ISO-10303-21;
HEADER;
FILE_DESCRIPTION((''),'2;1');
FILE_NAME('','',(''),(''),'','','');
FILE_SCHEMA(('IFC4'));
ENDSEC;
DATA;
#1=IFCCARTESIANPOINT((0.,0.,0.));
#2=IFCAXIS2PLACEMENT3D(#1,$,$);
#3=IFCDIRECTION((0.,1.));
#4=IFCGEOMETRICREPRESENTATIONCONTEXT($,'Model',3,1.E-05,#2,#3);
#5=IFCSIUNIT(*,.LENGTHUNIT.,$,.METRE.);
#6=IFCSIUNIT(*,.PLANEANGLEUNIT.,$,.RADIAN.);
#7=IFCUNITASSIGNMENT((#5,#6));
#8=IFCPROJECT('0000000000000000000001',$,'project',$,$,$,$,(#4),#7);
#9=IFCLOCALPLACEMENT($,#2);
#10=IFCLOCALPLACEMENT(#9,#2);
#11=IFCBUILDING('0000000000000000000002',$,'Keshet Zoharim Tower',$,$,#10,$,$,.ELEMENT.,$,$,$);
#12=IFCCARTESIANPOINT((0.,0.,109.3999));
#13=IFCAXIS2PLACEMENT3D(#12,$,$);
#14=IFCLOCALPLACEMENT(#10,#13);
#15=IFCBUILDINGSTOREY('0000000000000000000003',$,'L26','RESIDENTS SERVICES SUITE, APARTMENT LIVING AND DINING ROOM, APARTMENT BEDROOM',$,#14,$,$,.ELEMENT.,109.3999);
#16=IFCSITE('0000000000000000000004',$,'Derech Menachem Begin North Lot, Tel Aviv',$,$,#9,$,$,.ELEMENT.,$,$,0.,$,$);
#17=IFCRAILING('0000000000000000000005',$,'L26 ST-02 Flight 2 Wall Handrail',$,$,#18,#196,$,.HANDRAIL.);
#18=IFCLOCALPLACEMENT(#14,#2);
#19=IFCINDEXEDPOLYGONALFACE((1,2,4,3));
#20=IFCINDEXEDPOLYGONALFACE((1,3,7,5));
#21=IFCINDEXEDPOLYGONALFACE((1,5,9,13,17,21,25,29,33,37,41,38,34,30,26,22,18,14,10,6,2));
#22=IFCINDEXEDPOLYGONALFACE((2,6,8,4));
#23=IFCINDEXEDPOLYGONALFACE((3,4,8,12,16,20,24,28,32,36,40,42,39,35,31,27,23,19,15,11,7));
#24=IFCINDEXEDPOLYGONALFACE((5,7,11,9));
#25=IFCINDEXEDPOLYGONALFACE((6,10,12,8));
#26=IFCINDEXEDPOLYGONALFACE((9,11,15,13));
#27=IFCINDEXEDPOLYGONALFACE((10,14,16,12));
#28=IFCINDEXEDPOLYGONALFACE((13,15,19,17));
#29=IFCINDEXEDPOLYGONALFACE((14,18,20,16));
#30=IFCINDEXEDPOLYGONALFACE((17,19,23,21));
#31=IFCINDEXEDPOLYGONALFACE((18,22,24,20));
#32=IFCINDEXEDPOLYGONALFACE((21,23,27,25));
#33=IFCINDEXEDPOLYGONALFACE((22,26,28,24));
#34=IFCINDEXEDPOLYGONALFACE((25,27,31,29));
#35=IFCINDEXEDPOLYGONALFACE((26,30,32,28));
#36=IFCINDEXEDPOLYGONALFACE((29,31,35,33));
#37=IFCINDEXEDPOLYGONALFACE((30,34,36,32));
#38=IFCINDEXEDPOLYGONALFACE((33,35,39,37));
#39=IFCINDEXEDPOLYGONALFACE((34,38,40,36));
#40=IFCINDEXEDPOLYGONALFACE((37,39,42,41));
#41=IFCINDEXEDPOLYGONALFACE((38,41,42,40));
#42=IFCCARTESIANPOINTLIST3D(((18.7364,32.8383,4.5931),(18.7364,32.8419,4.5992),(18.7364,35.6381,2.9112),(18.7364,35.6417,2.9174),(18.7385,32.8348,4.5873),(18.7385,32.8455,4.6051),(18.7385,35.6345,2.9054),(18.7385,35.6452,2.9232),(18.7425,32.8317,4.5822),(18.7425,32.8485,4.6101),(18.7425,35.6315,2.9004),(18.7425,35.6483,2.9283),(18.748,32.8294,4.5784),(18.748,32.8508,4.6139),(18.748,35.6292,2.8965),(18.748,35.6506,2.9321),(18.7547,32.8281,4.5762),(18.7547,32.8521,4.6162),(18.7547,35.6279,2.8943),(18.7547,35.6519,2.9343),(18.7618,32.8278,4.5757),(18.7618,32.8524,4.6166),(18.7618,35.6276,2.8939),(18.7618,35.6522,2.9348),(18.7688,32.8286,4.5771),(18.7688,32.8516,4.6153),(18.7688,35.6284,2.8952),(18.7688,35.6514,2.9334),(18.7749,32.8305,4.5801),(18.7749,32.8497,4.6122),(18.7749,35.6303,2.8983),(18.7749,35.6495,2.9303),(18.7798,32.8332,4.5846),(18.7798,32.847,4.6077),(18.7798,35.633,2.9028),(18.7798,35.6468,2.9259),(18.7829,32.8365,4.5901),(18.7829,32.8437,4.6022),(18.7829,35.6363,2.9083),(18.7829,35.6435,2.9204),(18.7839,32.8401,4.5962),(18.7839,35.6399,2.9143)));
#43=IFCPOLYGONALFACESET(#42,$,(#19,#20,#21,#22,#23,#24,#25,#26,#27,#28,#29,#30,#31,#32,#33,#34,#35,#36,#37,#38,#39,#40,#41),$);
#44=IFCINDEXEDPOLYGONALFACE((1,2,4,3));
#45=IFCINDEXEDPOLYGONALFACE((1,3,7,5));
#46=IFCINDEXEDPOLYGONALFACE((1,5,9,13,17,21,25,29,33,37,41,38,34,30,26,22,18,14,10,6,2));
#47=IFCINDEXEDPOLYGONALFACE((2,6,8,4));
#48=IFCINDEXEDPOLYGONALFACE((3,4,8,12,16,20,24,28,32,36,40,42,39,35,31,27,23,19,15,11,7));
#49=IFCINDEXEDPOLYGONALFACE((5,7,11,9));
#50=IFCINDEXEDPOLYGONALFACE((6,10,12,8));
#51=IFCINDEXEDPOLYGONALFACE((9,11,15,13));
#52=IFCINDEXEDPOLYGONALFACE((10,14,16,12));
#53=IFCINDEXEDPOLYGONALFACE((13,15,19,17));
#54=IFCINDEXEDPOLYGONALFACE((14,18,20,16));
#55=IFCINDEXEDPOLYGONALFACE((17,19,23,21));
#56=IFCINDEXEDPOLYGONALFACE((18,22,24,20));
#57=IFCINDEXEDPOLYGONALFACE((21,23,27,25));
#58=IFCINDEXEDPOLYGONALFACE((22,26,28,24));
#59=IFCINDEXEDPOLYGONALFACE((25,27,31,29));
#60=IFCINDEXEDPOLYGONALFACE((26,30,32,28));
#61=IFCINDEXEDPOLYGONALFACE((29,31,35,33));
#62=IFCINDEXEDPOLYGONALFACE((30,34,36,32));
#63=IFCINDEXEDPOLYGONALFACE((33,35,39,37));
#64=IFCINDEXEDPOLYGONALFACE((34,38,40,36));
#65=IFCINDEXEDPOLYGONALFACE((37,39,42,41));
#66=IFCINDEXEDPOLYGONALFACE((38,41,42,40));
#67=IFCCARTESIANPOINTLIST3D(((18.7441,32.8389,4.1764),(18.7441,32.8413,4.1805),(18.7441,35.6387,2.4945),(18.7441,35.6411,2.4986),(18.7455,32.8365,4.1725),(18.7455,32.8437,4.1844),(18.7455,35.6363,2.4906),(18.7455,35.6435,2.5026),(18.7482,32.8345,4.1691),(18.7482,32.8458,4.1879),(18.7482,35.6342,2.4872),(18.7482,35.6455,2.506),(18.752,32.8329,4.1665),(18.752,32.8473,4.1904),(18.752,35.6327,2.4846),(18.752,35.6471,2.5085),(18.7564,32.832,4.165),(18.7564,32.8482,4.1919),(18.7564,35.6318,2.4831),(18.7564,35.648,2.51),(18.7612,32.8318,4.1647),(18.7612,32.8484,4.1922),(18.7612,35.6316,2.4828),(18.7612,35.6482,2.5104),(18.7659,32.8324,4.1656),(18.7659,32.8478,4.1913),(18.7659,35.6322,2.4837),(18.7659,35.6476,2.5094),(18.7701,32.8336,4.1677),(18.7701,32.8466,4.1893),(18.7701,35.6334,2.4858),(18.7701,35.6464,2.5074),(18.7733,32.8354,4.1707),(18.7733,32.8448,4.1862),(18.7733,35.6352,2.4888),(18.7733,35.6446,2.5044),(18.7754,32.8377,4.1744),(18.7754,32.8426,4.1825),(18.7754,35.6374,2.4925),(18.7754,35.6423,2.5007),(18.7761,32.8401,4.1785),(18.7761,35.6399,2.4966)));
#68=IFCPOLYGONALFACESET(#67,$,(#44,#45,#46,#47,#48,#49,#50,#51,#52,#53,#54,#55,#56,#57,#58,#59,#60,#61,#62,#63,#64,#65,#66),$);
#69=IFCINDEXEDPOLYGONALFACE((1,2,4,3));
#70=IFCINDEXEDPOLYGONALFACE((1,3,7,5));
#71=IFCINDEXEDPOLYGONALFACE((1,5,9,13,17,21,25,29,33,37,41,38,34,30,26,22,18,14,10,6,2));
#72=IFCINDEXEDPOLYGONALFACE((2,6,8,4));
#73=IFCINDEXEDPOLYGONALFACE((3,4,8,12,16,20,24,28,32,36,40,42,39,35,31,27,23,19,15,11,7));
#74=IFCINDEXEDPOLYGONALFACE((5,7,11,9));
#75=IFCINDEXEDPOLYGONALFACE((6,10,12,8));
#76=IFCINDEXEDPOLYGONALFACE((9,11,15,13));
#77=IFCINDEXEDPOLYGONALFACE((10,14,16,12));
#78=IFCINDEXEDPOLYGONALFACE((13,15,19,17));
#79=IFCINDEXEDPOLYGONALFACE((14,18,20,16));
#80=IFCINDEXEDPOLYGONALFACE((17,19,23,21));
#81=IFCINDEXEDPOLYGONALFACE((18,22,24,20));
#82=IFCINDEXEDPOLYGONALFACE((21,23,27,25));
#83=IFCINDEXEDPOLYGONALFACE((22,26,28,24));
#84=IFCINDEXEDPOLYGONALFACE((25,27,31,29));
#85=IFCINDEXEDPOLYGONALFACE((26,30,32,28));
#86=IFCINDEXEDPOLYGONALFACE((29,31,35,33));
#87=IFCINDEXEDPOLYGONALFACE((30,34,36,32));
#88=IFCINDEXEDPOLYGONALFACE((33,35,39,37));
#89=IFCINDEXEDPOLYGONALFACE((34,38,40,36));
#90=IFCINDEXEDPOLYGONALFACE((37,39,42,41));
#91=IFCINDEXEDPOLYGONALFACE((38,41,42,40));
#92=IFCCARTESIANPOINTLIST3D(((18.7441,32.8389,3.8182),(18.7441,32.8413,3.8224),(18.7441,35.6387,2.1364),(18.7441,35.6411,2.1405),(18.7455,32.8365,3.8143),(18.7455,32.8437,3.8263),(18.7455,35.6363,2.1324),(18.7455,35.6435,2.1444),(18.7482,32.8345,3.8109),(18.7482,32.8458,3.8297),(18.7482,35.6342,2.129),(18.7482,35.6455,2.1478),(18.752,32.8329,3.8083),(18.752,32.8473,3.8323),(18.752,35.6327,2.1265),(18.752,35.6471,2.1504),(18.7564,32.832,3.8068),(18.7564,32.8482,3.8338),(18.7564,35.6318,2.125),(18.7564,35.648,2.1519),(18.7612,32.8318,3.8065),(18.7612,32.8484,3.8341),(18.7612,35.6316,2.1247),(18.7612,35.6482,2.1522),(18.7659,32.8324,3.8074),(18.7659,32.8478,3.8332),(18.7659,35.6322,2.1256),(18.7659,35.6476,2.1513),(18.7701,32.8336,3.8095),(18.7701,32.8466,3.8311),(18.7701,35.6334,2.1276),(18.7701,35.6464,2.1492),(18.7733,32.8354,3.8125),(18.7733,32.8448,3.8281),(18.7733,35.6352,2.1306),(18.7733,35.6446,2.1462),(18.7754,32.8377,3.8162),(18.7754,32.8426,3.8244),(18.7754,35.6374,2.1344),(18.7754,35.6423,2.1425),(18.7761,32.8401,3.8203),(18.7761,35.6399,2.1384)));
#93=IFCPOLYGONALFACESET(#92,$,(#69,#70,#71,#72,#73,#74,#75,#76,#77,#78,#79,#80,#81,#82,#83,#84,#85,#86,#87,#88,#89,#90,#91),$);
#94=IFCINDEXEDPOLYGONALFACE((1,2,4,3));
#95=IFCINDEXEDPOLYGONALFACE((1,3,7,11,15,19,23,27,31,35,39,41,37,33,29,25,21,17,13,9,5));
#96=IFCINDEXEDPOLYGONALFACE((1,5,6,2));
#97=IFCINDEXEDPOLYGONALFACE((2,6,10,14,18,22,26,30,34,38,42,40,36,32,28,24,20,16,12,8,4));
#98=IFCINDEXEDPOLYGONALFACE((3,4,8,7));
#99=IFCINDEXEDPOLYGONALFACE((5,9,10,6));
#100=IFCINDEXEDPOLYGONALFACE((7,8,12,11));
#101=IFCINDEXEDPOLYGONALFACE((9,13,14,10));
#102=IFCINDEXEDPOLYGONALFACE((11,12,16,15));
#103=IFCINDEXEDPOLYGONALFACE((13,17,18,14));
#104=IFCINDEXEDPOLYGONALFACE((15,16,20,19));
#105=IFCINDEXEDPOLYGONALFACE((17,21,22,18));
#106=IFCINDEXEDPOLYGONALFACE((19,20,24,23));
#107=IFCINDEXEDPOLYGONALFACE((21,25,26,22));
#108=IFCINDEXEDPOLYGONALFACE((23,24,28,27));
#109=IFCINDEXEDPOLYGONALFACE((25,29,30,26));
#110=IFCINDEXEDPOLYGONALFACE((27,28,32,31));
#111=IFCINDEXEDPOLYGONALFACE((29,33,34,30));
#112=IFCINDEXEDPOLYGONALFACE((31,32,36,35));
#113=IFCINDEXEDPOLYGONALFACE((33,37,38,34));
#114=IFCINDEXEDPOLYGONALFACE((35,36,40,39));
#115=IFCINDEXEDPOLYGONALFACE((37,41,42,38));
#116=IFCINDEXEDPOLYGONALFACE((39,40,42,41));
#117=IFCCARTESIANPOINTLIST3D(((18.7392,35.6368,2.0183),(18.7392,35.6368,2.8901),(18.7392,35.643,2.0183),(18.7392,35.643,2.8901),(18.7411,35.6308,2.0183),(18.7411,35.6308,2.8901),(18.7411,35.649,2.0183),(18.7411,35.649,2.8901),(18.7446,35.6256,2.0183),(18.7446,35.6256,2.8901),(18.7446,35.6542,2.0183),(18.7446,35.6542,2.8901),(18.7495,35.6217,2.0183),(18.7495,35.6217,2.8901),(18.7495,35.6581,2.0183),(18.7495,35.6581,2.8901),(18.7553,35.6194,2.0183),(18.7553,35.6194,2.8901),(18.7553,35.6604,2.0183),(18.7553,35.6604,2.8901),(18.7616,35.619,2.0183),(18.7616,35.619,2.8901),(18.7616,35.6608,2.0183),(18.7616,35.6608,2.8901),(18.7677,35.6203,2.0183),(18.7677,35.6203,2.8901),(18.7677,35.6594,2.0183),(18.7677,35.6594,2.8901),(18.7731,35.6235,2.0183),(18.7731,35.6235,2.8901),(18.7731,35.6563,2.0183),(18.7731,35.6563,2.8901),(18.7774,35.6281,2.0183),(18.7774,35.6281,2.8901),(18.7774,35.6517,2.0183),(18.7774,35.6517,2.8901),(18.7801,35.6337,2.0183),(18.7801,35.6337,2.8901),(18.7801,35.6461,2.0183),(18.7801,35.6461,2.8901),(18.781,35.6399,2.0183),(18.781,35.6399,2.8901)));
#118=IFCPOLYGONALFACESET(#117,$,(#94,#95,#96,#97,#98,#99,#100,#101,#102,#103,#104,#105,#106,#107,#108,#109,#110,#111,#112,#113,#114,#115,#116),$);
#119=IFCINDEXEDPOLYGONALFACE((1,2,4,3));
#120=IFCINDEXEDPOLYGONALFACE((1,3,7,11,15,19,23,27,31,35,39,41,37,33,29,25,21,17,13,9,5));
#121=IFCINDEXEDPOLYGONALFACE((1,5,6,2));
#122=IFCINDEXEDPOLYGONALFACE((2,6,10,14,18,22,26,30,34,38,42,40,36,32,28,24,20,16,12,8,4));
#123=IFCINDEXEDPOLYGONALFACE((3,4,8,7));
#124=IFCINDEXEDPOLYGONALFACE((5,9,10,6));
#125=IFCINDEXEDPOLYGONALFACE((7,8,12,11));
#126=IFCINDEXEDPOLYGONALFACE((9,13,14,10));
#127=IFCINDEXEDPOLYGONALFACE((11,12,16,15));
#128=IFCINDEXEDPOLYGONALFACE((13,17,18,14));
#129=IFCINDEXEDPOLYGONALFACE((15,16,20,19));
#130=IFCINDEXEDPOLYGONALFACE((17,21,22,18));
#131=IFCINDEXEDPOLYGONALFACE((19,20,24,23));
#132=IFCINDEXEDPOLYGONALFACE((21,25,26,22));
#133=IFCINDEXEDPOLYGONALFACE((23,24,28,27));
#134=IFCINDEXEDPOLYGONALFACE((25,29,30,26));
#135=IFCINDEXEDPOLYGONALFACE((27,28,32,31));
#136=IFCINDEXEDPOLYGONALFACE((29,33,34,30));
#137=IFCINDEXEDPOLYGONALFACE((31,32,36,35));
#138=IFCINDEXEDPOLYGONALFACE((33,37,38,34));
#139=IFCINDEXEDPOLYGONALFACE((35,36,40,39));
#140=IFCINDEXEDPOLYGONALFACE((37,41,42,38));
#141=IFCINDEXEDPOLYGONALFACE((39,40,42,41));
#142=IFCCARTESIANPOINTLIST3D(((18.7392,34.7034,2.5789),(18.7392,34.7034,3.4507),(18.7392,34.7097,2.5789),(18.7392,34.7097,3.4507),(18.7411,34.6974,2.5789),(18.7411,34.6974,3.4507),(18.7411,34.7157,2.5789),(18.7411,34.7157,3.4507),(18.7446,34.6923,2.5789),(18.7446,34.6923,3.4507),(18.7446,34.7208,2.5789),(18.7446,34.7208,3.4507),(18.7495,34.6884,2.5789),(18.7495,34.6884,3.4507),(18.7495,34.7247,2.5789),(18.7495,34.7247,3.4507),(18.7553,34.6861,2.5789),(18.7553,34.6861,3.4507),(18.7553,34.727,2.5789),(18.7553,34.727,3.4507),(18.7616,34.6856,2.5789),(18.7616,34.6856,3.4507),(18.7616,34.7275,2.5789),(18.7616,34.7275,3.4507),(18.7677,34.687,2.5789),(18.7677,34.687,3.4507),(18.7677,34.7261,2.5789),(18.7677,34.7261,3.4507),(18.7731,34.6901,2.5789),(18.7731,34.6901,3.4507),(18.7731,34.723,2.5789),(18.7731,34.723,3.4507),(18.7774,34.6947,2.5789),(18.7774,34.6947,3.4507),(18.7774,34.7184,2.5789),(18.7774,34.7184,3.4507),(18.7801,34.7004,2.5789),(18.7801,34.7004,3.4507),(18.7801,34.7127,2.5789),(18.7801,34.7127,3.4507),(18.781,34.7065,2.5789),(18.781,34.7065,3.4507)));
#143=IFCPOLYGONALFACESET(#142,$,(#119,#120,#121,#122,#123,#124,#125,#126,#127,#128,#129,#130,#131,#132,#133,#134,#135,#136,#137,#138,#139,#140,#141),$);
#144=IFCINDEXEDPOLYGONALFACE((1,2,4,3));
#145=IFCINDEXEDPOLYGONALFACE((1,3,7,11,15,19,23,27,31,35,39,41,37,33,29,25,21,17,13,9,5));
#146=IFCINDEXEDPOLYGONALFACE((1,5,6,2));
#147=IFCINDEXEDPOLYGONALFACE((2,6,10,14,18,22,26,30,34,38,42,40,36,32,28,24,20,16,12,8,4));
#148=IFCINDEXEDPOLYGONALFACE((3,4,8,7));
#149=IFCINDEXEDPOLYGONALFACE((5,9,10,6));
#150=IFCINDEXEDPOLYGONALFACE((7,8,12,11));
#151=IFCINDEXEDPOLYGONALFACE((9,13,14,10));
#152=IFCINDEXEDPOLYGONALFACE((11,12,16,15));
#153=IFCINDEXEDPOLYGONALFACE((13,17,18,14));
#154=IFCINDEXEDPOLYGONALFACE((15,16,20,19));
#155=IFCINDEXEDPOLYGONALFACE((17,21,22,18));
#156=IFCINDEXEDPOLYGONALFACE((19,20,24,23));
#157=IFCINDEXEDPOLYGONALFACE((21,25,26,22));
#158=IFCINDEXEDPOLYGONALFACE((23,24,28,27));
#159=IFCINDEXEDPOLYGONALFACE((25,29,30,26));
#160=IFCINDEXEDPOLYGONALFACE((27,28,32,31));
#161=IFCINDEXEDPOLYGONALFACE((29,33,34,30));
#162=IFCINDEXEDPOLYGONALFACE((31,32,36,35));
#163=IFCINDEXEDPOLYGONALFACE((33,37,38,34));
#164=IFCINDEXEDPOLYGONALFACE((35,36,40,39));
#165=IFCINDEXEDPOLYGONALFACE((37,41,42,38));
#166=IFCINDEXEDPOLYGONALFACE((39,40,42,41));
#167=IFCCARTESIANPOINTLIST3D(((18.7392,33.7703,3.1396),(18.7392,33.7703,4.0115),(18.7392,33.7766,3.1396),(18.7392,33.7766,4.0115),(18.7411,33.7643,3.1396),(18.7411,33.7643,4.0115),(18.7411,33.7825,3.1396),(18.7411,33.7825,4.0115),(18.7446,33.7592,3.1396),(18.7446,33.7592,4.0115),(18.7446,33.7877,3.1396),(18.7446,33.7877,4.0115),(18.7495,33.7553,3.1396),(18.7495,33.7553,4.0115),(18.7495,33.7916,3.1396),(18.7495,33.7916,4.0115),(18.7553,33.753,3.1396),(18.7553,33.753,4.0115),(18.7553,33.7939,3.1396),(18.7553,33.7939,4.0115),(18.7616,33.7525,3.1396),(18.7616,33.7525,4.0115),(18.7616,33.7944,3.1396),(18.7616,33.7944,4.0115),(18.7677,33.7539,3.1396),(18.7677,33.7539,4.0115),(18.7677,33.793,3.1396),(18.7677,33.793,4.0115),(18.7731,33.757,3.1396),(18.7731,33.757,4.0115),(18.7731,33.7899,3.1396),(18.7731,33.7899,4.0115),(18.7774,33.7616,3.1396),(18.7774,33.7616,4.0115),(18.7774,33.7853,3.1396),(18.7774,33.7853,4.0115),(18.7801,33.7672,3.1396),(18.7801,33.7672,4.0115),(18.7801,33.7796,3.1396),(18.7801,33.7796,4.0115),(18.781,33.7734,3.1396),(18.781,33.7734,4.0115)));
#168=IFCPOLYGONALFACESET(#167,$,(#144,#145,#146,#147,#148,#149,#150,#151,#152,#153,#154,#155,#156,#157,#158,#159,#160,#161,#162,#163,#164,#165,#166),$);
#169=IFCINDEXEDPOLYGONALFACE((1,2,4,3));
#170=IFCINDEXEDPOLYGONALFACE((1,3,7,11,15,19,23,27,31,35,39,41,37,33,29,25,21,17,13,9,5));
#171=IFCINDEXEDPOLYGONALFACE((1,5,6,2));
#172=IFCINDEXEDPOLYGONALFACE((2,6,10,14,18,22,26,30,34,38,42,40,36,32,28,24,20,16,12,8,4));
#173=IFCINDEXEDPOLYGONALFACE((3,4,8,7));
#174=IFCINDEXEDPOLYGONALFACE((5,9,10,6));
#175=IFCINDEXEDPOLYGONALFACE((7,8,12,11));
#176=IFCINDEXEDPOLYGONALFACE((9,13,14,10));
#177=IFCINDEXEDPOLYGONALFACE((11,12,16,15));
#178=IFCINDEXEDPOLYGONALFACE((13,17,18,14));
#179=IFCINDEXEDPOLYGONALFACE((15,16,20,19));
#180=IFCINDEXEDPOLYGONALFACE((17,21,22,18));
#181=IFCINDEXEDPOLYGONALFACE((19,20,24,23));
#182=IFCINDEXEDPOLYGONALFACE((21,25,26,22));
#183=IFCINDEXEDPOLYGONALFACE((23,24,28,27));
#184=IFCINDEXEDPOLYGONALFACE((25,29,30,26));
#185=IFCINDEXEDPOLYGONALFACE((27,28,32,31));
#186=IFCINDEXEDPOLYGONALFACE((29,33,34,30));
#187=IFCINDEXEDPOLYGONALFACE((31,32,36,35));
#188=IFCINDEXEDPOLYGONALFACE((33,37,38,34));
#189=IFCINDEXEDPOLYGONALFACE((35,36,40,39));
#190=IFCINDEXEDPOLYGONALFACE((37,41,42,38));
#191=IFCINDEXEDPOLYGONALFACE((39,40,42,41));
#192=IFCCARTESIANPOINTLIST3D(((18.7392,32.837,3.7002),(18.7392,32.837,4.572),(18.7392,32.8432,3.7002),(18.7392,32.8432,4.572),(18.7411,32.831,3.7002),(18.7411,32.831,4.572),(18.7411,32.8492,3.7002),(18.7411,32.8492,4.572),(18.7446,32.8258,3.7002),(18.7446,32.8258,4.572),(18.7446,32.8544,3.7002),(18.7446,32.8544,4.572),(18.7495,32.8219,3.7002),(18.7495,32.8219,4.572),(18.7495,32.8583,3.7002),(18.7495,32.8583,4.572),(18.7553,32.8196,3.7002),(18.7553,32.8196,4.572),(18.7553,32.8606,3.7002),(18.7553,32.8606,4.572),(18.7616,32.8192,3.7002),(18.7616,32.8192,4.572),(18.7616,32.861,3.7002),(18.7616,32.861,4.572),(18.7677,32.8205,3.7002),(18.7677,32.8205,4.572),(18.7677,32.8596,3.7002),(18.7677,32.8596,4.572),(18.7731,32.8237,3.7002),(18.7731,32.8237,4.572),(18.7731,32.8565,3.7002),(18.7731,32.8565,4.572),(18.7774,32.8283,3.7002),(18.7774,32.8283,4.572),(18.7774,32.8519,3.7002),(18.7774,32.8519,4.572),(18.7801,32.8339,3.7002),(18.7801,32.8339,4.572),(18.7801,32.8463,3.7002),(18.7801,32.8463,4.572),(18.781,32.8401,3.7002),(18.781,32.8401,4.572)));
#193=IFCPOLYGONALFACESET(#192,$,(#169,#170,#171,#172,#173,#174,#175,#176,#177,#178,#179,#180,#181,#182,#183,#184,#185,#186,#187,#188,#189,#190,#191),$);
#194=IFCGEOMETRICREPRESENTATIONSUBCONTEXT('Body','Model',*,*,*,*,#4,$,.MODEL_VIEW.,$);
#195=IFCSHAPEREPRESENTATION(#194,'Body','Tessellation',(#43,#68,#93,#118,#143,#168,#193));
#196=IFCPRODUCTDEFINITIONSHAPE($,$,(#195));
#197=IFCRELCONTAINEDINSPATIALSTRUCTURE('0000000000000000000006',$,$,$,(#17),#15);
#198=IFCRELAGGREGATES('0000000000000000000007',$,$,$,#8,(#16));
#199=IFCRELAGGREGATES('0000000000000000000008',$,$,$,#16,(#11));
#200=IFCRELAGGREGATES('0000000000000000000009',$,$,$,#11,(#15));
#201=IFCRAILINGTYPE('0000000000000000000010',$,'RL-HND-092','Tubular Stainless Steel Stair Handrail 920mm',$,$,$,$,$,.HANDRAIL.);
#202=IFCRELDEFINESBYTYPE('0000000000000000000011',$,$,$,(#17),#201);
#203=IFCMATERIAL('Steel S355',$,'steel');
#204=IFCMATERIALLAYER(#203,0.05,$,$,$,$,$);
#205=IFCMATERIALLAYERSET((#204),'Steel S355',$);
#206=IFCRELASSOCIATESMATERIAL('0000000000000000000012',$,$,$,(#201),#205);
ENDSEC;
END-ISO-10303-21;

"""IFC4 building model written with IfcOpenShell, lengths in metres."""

from ifc_helpers import new_model, si_unit, direction, frame, origin, origin_2d, place, context, subcontext, project, spatial, circle, extrude, material, layer, layer_set, type_object, element, save


model = new_model("IFC4")

# Units and contexts
model_context = context("Model", 3, precision=1e-05, world=origin(), true_north=direction((0.0, 1.0)))
body_context = subcontext(model_context, "Body", "Model", "MODEL_VIEW")
ifc_project = project(units=[si_unit("LENGTHUNIT", "METRE"), si_unit("PLANEANGLEUNIT", "RADIAN")], contexts=[model_context])

# Site, building, storey
site_placement = place(None, origin())
site = spatial("IfcSite", under=ifc_project, at=site_placement, Name="Derech Menachem Begin North Lot, Tel Aviv", CompositionType="ELEMENT", RefElevation=0.0)
building_placement = place(site_placement, origin())
building = spatial("IfcBuilding", under=site, at=building_placement, Name="Keshet Zoharim Tower", CompositionType="ELEMENT")
storey_placement = place(building_placement, frame((0.0, 0.0, 109.3999)))
storey = spatial("IfcBuildingStorey", under=building, at=storey_placement, Name="L26", Description="RESIDENTS SERVICES SUITE, APARTMENT LIVING AND DINING ROOM, APARTMENT BEDROOM", CompositionType="ELEMENT", Elevation=109.3999)

# Shared definitions
ifc_material_1 = material(Name="Steel S355", Category="steel")

# Railing
ifc_layer_1 = layer(ifc_material_1, 0.05)
ifc_layer_set_1 = layer_set([ifc_layer_1], Name="Steel S355")
railing_type = type_object("IfcRailingType", Name="RL-HND-092", Description="Tubular Stainless Steel Stair Handrail 920mm", PredefinedType="HANDRAIL", material=ifc_layer_set_1)
railing_placement = place(storey_placement, frame((18.76, 35.6399, 2.0183)))
element("IfcRailing", 1, at=railing_placement, inside=storey, type_object=railing_type, Name="L26 ST-02 Flight 2 Wall Handrail", PredefinedType="HANDRAIL", context=body_context, shape_type="SweptSolid", body=[
    extrude(circle(Radius=0.0239, at=origin_2d()), frame((0.0, 0.0, 0.896), z_axis=(0.0, -0.857222, 0.514946), x_axis=(1.0, 0.0, 0.0)), (0.0, 0.0, 1.0), 3.2661),
    extrude(circle(Radius=0.0161, at=origin_2d()), frame((0.0, 0.0, 0.4783), z_axis=(0.0, -0.857222, 0.514946), x_axis=(1.0, 0.0, 0.0)), (0.0, 0.0, 1.0), 3.2661),
    extrude(circle(Radius=0.0161, at=origin_2d()), frame((0.0, 0.0, 0.1201), z_axis=(0.0, -0.857222, 0.514946), x_axis=(1.0, 0.0, 0.0)), (0.0, 0.0, 1.0), 3.2661),
    extrude(circle(Radius=0.021, at=origin_2d()), origin(), (0.0, 0.0, 1.0), 0.8718),
    extrude(circle(Radius=0.021, at=origin_2d()), frame((0.0, -0.9333, 0.5605)), (0.0, 0.0, 1.0), 0.8718),
    extrude(circle(Radius=0.021, at=origin_2d()), frame((0.0, -1.8665, 1.1213)), (0.0, 0.0, 1.0), 0.8718),
    extrude(circle(Radius=0.021, at=origin_2d()), frame((0.0, -2.7998, 1.6819)), (0.0, 0.0, 1.0), 0.8718),
])

save(model, "model.ifc")
